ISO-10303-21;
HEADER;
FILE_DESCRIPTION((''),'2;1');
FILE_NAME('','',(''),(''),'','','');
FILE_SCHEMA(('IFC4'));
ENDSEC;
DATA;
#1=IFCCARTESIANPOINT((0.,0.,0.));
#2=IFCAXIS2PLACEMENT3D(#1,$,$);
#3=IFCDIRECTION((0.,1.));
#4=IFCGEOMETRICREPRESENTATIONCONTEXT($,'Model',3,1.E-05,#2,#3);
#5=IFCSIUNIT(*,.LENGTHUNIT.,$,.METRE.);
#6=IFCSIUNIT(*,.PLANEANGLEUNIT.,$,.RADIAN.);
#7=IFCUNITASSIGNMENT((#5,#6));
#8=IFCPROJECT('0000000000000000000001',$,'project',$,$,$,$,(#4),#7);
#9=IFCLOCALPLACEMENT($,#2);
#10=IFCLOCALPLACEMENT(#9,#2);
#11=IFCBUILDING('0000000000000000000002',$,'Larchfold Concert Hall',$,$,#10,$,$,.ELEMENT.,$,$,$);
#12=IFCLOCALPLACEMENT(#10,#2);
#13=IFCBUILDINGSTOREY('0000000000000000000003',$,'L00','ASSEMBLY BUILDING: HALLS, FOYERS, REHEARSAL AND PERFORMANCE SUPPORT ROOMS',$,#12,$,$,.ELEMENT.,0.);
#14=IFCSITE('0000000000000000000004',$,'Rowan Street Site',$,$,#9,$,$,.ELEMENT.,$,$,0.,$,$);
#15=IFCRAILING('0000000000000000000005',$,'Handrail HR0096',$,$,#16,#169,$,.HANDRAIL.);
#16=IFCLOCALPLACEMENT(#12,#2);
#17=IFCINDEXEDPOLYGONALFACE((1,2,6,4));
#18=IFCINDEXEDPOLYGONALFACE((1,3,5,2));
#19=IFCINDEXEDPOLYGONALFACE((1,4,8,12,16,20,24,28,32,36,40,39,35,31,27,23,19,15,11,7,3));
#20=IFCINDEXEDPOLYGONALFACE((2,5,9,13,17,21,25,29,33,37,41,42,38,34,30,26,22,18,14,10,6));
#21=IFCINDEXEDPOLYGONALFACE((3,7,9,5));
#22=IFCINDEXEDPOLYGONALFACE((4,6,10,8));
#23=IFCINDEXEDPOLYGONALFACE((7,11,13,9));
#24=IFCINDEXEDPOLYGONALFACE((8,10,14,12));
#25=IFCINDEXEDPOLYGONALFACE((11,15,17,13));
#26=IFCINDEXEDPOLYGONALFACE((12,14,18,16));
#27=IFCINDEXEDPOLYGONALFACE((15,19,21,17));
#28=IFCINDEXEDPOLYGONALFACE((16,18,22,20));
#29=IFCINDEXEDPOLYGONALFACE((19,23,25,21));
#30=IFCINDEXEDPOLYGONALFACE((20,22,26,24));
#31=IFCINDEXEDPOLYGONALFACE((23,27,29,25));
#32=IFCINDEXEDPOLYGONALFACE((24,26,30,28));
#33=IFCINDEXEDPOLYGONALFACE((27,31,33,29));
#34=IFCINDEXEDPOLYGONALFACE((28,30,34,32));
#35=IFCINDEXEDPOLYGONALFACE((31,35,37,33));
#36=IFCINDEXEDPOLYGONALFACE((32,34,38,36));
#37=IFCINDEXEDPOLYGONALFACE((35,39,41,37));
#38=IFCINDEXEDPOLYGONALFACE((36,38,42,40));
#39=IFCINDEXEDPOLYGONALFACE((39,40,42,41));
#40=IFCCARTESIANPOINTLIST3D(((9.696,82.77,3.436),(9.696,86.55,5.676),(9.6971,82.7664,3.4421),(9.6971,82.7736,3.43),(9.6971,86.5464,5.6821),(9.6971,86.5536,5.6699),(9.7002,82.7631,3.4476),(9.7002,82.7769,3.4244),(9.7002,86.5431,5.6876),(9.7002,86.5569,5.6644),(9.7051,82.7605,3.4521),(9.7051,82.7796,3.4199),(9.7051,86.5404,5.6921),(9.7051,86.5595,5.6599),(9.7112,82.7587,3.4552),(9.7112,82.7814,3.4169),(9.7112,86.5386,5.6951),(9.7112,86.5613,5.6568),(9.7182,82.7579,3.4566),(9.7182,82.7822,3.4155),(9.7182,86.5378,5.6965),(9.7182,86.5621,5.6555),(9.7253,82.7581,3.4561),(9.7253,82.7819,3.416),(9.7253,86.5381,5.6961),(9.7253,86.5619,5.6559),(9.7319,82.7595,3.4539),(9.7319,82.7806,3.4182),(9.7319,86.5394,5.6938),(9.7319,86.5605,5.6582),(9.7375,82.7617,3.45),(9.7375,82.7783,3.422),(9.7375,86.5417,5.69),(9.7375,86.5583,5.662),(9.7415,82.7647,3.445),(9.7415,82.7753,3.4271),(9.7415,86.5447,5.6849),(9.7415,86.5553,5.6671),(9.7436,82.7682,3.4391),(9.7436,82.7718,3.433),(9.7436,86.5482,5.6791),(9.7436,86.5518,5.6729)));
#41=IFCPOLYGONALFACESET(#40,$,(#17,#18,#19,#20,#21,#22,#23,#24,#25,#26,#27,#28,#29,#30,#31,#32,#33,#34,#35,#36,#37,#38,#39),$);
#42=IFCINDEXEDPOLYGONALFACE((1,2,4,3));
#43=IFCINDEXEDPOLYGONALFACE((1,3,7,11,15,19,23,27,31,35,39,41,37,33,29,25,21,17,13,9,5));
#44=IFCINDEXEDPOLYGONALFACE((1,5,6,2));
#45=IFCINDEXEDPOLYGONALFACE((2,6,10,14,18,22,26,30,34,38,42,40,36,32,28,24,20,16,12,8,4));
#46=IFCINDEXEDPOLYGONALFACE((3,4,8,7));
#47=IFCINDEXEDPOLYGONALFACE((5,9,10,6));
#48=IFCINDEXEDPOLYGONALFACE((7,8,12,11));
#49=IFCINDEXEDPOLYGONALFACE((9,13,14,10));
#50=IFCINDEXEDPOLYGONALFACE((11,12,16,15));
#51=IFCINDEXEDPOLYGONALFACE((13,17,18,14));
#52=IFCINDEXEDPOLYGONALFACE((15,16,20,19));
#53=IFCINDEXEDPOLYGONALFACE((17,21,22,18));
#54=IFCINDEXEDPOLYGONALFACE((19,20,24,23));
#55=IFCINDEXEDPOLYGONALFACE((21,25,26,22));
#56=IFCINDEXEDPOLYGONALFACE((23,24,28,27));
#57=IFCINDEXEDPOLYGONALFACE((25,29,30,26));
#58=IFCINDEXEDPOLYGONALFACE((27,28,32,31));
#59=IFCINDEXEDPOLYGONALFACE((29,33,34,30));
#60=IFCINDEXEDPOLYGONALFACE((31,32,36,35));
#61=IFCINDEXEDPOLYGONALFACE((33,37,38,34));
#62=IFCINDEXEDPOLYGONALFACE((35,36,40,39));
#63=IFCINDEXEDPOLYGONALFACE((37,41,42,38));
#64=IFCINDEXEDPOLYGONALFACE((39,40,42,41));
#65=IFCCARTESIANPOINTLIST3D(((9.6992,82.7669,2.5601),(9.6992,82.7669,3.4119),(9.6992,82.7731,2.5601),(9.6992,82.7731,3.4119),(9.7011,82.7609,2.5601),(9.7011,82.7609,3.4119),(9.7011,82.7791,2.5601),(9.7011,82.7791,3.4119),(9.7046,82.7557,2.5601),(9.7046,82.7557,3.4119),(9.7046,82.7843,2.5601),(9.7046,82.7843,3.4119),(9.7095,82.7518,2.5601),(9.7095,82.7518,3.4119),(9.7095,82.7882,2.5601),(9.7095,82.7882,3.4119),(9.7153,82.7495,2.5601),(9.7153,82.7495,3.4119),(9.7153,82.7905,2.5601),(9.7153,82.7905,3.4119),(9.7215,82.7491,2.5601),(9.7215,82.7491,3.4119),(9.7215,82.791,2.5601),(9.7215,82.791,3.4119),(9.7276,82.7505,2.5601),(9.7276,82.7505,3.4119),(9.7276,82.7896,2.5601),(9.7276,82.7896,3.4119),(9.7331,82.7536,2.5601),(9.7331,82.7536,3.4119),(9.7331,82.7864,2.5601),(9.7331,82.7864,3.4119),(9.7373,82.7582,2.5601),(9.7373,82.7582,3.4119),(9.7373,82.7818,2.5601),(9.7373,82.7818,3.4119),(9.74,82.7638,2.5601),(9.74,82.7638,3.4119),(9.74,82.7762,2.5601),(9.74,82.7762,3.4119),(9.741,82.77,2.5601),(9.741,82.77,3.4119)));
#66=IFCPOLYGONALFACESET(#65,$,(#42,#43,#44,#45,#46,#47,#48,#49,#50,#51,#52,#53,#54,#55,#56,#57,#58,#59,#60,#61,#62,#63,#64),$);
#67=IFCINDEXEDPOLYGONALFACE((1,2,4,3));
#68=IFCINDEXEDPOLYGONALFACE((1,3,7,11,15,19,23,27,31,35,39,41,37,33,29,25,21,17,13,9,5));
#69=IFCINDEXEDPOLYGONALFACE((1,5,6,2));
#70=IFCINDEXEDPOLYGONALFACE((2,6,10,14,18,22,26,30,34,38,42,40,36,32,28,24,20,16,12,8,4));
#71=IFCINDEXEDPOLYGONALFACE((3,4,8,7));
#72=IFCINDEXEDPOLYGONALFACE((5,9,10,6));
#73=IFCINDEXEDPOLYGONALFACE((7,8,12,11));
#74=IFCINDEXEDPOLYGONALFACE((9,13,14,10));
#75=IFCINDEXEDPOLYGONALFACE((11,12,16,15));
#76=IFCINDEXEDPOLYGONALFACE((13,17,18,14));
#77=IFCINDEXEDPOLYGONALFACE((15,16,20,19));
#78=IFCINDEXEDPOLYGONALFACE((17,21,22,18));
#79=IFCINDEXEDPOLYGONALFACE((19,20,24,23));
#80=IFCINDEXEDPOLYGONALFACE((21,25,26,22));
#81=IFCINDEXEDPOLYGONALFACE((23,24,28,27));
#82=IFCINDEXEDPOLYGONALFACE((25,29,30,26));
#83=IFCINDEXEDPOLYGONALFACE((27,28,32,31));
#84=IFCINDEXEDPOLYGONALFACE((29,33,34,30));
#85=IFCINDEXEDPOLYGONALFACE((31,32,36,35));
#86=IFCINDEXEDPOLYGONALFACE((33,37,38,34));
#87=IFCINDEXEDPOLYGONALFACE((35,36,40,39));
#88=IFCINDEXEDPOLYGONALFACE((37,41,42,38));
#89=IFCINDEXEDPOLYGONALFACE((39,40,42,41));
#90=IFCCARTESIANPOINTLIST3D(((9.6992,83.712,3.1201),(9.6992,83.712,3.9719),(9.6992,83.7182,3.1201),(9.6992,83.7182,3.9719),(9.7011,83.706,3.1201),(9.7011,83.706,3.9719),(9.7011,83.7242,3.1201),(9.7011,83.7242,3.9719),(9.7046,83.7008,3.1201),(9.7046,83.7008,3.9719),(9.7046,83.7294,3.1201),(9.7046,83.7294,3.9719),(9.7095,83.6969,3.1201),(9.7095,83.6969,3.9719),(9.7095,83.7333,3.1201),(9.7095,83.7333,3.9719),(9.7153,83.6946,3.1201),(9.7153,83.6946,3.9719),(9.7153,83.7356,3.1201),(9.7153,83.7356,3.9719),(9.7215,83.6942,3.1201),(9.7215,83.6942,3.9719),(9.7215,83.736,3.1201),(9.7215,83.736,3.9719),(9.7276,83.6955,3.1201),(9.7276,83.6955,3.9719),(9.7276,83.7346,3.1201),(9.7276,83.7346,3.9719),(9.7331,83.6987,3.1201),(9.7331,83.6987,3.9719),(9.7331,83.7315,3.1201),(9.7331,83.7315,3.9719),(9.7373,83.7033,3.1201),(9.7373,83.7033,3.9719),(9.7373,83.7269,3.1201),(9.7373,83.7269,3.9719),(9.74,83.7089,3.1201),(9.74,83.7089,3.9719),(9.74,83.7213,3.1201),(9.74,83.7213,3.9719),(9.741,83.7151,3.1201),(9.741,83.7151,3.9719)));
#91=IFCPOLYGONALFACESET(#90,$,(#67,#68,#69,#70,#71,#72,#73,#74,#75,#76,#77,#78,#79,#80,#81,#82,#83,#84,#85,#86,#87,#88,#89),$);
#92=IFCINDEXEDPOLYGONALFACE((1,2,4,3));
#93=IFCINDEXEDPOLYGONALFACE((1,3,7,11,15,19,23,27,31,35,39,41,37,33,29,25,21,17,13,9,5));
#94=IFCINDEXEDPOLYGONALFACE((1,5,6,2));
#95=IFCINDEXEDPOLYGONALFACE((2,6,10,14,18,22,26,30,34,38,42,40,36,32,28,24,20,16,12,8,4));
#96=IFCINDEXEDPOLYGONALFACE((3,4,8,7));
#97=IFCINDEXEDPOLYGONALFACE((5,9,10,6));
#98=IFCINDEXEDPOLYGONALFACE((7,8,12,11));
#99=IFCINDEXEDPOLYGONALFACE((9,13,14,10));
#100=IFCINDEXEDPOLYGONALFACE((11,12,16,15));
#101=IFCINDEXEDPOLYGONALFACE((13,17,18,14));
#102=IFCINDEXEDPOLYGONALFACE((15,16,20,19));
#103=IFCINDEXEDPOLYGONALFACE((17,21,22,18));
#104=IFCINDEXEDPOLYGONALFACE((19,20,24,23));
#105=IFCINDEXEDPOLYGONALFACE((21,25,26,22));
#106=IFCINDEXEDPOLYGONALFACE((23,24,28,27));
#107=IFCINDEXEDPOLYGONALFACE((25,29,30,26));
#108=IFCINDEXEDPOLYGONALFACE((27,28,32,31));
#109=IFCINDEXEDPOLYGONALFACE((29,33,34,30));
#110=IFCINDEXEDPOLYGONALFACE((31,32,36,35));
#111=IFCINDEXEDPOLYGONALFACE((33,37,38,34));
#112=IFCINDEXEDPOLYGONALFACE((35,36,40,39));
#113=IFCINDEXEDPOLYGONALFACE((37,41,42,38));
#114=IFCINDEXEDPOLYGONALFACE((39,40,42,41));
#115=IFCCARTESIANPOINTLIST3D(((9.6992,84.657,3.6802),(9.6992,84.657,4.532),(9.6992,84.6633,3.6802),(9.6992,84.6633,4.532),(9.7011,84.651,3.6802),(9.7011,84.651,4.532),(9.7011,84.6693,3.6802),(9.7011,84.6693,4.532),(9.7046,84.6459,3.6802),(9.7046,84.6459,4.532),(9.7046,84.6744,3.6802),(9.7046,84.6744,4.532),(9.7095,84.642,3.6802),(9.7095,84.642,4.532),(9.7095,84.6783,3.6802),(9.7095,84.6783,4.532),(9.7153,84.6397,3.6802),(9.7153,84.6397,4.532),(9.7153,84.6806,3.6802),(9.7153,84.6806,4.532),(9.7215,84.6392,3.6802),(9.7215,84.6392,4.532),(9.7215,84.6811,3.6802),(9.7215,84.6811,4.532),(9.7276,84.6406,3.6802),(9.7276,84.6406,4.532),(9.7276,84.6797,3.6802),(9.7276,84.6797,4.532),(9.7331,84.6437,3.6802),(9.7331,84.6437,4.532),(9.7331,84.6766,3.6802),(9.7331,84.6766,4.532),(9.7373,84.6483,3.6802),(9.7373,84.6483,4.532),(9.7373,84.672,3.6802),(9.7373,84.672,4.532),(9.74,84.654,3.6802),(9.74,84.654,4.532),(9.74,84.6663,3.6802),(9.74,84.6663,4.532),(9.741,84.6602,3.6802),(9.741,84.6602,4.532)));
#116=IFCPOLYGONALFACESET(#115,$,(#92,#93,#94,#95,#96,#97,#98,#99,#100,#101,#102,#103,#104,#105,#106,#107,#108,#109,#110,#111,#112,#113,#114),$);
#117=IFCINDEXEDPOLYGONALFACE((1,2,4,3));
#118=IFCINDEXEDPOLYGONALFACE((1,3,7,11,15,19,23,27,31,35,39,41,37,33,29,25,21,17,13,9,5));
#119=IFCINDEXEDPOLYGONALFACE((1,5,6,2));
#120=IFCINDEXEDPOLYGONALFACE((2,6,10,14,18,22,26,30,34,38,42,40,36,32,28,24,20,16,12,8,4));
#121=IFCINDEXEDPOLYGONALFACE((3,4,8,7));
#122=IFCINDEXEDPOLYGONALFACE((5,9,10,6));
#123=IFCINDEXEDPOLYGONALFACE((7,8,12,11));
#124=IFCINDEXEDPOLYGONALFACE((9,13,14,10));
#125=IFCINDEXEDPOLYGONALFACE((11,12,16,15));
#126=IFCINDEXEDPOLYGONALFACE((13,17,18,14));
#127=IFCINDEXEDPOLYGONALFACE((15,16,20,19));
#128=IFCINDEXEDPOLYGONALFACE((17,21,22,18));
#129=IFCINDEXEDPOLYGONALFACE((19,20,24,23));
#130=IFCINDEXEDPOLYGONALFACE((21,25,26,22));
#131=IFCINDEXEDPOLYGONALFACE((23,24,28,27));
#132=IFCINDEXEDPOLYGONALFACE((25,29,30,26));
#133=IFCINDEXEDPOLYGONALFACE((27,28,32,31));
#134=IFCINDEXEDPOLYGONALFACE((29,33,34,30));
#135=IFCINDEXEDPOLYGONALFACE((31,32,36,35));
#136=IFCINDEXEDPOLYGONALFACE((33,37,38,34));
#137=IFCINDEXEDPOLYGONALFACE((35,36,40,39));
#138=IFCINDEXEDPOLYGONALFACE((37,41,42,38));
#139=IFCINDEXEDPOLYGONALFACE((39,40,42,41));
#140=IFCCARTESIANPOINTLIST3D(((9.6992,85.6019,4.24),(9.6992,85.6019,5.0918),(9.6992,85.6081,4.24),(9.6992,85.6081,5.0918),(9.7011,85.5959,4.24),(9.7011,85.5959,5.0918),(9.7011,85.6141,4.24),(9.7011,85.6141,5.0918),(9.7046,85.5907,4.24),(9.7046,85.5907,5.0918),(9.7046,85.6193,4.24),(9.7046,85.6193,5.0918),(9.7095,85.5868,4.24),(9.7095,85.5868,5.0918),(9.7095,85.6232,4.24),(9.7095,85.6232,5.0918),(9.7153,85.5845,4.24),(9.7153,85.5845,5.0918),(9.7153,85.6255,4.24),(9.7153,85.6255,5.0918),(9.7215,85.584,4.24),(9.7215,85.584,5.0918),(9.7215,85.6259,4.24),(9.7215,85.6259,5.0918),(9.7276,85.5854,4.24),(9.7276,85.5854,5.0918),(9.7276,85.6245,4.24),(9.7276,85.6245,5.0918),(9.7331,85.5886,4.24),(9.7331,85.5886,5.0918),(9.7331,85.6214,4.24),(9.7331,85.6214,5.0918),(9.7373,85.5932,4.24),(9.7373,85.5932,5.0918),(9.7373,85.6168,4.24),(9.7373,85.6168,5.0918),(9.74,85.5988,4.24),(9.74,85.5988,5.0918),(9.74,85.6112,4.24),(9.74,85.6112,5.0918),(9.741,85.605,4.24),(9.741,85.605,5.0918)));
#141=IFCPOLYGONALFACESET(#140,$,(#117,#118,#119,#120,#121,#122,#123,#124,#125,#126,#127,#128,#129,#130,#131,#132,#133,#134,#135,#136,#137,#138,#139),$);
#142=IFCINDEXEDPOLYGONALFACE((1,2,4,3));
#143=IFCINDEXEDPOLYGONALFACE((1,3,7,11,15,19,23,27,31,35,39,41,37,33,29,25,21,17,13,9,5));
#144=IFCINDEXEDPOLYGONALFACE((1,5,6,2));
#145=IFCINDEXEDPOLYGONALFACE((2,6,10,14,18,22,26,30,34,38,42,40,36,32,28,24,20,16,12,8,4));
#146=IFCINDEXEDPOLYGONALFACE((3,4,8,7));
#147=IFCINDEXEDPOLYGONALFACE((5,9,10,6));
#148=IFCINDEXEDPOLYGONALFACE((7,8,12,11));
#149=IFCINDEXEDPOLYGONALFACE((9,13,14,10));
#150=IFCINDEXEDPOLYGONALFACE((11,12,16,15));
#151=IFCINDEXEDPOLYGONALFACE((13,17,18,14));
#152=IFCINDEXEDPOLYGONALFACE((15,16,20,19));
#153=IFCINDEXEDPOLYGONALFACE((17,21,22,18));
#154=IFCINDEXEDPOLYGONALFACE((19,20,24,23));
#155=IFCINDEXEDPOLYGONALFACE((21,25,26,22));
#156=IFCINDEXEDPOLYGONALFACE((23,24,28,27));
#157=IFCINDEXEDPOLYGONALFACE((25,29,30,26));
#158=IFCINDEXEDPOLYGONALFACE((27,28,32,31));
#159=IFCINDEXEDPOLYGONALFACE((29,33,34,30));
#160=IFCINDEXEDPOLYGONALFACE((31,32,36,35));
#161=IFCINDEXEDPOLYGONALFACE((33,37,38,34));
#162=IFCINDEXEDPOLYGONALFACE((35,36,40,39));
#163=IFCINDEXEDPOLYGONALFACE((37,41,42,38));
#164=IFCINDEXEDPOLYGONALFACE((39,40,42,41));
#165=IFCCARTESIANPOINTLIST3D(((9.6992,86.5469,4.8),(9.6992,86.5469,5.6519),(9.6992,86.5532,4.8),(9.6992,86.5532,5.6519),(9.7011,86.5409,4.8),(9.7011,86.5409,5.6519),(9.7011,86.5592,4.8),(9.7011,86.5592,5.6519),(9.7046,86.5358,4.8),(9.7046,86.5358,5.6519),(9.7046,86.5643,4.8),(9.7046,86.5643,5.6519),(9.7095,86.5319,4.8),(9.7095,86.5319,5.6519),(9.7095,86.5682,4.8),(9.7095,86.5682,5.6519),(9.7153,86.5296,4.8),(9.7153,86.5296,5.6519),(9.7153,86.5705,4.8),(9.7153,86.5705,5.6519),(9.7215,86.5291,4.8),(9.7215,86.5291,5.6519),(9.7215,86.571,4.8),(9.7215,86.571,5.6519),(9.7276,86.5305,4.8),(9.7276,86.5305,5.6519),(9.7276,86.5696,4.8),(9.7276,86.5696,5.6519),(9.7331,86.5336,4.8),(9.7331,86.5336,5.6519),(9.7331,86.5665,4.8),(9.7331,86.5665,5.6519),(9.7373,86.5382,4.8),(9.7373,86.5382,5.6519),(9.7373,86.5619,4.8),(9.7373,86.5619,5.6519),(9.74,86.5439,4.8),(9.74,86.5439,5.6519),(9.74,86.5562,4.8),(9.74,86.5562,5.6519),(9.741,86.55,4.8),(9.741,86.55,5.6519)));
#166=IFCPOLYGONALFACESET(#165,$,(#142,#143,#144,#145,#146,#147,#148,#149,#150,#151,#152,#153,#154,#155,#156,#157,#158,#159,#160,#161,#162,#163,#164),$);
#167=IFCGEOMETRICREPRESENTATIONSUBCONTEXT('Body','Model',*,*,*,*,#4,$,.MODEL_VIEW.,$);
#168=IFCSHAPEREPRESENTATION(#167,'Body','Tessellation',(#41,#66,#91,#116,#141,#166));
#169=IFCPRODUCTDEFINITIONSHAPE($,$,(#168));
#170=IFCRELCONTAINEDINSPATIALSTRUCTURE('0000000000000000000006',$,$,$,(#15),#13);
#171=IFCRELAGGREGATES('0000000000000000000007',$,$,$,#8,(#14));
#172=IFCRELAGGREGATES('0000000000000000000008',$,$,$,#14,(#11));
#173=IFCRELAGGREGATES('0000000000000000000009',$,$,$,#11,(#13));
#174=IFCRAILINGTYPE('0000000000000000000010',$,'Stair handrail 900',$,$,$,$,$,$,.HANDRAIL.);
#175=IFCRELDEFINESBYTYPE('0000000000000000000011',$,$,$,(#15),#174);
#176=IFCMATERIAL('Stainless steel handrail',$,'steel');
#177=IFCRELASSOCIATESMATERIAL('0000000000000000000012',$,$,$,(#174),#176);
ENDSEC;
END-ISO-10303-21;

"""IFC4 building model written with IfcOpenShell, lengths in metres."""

from ifc_helpers import new_model, si_unit, direction, frame, origin, origin_2d, place, context, subcontext, project, spatial, circle, extrude, material, type_object, element, save


model = new_model("IFC4")

# Units and contexts
model_context = context("Model", 3, precision=1e-05, world=origin(), true_north=direction((0.0, 1.0)))
body_context = subcontext(model_context, "Body", "Model", "MODEL_VIEW")
ifc_project = project(units=[si_unit("LENGTHUNIT", "METRE"), si_unit("PLANEANGLEUNIT", "RADIAN")], contexts=[model_context])

# Site, building, storey
site_placement = place(None, origin())
site = spatial("IfcSite", under=ifc_project, at=site_placement, Name="Rowan Street Site", CompositionType="ELEMENT", RefElevation=0.0)
building_placement = place(site_placement, origin())
building = spatial("IfcBuilding", under=site, at=building_placement, Name="Larchfold Concert Hall", CompositionType="ELEMENT")
storey_placement = place(building_placement, origin())
storey = spatial("IfcBuildingStorey", under=building, at=storey_placement, Name="L00", Description="ASSEMBLY BUILDING: HALLS, FOYERS, REHEARSAL AND PERFORMANCE SUPPORT ROOMS", CompositionType="ELEMENT", Elevation=0.0)

# Railing
ifc_material_1 = material(Name="Stainless steel handrail", Category="steel")
railing_type_1 = type_object("IfcRailingType", Name="Stair handrail 900", PredefinedType="HANDRAIL", material=ifc_material_1)
railing_1_placement = place(storey_placement, frame((9.72, 82.77, 2.5601)))
element("IfcRailing", 1, at=railing_1_placement, inside=storey, type_object=railing_type_1, Name="Handrail HR0096", PredefinedType="HANDRAIL", context=body_context, shape_type="SweptSolid", body=[
    extrude(circle(Radius=0.0239, at=origin_2d()), frame((0.0, 0.0, 0.876), z_axis=(0.0, 0.860294, 0.509798), x_axis=(-1.0, 0.0, 0.0)), (0.0, 0.0, 1.0), 4.3938),
    extrude(circle(Radius=0.021, at=origin_2d()), origin(), (0.0, 0.0, 1.0), 0.8518),
    extrude(circle(Radius=0.021, at=origin_2d()), frame((0.0, 0.9451, 0.5601)), (0.0, 0.0, 1.0), 0.8518),
    extrude(circle(Radius=0.021, at=origin_2d()), frame((0.0, 1.8901, 1.1201)), (0.0, 0.0, 1.0), 0.8518),
    extrude(circle(Radius=0.021, at=origin_2d()), frame((0.0, 2.835, 1.6799)), (0.0, 0.0, 1.0), 0.8518),
    extrude(circle(Radius=0.021, at=origin_2d()), frame((0.0, 3.78, 2.24)), (0.0, 0.0, 1.0), 0.8518),
])

save(model, "model.ifc")
